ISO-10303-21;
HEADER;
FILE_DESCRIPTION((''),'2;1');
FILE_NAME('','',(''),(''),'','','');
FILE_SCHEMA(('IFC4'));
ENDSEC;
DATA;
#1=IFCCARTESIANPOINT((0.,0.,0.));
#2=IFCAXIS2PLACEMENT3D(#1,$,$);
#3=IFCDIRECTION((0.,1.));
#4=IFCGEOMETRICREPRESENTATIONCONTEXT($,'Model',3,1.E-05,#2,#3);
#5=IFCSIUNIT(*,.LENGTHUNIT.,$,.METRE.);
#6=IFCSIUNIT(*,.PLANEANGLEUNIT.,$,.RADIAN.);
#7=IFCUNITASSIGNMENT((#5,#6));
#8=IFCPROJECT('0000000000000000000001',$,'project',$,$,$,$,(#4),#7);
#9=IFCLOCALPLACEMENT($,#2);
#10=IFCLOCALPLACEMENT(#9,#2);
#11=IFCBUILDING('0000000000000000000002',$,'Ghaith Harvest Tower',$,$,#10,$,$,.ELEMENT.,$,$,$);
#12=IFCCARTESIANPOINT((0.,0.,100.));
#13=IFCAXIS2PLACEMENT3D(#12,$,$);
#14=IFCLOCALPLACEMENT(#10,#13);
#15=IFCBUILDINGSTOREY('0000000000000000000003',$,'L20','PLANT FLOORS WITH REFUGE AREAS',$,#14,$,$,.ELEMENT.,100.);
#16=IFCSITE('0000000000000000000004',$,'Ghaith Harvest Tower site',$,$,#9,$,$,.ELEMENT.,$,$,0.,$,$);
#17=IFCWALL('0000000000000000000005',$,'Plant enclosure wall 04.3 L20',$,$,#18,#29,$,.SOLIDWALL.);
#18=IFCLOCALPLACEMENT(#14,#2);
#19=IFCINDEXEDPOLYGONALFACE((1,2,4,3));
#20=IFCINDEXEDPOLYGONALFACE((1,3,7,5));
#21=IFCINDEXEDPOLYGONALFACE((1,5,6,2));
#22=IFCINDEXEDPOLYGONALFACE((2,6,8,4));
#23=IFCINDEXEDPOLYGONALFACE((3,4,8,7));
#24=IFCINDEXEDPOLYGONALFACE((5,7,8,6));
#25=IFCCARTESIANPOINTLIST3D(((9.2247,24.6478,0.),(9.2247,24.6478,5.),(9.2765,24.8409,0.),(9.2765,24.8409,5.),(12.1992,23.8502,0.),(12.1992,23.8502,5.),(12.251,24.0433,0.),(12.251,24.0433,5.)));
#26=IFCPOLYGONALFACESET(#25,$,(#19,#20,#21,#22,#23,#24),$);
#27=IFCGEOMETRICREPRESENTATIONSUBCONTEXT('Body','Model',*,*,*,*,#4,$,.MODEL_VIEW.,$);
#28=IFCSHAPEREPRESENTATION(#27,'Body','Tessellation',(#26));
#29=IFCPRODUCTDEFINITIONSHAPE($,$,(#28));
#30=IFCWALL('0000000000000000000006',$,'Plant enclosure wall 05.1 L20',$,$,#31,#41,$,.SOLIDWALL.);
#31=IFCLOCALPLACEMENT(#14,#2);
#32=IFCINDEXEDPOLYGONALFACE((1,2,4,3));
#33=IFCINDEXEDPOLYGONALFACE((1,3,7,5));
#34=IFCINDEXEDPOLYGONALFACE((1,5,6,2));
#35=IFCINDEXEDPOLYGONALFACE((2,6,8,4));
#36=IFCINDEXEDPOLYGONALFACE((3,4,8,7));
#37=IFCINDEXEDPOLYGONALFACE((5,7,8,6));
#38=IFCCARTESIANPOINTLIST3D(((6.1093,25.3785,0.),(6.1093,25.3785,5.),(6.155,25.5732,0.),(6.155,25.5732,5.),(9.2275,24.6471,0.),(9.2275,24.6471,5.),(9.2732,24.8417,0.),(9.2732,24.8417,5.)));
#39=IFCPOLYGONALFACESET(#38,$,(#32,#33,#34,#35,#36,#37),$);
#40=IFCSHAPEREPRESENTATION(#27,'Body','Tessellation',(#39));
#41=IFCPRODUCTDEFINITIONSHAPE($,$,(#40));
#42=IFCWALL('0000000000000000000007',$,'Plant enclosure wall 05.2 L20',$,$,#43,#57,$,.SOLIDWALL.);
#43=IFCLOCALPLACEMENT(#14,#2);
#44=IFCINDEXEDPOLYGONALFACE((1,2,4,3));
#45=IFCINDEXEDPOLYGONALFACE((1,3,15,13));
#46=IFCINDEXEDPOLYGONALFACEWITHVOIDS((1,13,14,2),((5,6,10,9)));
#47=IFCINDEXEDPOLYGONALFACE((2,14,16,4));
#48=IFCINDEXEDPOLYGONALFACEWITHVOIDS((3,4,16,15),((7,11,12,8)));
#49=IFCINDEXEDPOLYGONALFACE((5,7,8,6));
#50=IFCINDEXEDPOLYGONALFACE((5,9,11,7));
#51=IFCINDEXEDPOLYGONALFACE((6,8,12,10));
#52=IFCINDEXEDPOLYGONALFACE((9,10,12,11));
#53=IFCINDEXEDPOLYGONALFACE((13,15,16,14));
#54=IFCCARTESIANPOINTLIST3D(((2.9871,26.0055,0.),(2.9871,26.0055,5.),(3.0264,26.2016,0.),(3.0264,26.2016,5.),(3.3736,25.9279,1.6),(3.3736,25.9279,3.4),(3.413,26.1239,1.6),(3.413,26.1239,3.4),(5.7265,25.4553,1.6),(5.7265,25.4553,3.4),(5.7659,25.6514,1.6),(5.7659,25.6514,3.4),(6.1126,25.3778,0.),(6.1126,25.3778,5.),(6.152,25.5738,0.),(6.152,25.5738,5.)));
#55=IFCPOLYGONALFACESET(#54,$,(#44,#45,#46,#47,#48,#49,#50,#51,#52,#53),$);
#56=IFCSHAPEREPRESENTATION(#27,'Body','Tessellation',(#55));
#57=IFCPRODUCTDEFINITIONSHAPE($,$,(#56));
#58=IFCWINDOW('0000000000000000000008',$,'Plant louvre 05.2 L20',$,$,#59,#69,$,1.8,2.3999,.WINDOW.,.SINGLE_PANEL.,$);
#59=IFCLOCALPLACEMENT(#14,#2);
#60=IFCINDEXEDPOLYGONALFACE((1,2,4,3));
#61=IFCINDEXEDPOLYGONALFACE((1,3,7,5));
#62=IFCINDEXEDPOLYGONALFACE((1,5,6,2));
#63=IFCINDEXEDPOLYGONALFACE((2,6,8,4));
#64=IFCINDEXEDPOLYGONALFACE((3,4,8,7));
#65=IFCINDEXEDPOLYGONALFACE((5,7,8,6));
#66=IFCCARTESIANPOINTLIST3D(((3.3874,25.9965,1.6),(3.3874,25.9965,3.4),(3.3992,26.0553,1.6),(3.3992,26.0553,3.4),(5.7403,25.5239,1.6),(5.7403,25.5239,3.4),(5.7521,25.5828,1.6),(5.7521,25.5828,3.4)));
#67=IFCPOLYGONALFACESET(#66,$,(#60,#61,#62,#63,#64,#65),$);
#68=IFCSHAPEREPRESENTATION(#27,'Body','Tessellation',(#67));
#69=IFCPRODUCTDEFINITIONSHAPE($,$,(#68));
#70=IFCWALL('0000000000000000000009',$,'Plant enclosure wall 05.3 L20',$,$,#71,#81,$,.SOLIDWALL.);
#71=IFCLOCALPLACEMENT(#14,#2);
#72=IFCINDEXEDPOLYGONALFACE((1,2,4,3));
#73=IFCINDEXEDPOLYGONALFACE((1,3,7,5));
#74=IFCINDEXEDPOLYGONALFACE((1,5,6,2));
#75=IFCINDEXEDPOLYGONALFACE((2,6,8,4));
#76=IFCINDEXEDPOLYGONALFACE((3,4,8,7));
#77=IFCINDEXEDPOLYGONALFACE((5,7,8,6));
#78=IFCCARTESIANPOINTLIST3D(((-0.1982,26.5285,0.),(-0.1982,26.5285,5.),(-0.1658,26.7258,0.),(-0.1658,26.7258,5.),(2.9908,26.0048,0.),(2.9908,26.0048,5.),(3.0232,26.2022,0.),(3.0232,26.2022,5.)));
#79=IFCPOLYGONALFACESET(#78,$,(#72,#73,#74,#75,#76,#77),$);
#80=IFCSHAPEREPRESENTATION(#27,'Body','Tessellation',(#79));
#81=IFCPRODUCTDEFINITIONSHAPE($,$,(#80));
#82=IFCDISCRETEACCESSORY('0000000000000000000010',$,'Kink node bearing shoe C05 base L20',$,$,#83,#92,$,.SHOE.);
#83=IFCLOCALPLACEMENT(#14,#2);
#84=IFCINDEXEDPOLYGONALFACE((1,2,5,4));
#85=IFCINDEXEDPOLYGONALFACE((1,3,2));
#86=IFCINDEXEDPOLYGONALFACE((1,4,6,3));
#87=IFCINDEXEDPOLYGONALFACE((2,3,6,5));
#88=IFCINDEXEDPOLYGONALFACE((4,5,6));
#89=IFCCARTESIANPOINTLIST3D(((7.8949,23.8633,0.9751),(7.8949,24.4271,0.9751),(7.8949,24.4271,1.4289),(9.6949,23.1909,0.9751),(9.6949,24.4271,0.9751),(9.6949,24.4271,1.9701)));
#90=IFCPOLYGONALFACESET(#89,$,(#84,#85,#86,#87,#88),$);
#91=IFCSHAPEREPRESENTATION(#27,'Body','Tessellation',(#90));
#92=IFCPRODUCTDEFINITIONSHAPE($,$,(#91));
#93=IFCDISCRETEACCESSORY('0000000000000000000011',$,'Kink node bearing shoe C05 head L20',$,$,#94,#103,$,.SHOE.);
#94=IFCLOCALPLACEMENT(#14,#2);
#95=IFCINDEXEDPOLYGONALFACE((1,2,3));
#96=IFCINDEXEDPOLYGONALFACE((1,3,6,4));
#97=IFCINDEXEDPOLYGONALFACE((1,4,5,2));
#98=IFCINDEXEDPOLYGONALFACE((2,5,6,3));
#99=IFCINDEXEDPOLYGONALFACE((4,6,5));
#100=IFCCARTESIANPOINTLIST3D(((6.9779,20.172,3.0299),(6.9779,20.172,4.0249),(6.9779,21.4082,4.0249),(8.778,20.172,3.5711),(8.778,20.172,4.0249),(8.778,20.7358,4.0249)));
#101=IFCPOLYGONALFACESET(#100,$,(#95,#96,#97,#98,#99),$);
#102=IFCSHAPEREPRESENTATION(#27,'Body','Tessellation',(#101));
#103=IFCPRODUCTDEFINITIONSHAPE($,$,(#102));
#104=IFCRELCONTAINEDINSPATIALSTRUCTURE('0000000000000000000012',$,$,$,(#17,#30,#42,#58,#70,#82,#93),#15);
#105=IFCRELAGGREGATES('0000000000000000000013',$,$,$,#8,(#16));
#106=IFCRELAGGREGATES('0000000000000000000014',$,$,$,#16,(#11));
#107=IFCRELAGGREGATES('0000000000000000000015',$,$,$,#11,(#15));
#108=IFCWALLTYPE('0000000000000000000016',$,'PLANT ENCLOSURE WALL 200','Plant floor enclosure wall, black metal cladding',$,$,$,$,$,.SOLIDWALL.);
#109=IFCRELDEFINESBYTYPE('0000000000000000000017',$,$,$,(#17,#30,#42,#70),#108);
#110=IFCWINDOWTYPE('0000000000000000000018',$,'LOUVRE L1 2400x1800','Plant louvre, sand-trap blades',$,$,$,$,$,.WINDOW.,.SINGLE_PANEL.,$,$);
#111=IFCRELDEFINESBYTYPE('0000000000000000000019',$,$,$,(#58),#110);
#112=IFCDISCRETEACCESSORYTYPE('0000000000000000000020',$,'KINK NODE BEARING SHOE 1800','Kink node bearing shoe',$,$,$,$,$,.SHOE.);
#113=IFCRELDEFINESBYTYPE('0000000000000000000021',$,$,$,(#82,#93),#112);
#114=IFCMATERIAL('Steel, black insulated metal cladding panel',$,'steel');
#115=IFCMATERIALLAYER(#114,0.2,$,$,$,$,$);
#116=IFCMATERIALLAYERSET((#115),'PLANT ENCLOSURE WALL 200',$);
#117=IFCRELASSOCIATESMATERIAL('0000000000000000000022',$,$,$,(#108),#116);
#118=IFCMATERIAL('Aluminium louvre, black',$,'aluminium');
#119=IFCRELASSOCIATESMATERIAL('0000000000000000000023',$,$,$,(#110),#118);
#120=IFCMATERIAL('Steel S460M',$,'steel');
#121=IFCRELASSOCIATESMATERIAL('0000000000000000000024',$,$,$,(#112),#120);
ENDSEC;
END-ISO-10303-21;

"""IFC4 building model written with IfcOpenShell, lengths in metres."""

from ifc_helpers import new_model, si_unit, direction, frame, frame_2d, origin, origin_2d, place, context, subcontext, project, spatial, rectangle, extrude, clip, halfspace, material, layer, layer_set, material_profile, profile_set, type_object, element, fill, save


model = new_model("IFC4")

# Units and contexts
model_context = context("Model", 3, precision=1e-05, world=origin(), true_north=direction((0.0, 1.0)))
body_context = subcontext(model_context, "Body", "Model", "MODEL_VIEW")
ifc_project = project(units=[si_unit("LENGTHUNIT", "METRE"), si_unit("PLANEANGLEUNIT", "RADIAN")], contexts=[model_context])

# Site, building, storey
site_placement = place(None, origin())
site = spatial("IfcSite", under=ifc_project, at=site_placement, Name="Ghaith Harvest Tower site", CompositionType="ELEMENT", RefElevation=0.0)
building_placement = place(site_placement, origin())
building = spatial("IfcBuilding", under=site, at=building_placement, Name="Ghaith Harvest Tower", CompositionType="ELEMENT")
storey_placement = place(building_placement, frame((0.0, 0.0, 100.0)))
storey = spatial("IfcBuildingStorey", under=building, at=storey_placement, Name="L20", Description="PLANT FLOORS WITH REFUGE AREAS", CompositionType="ELEMENT", Elevation=100.0)

# Walls
ifc_material_1 = material(Name="Steel, black insulated metal cladding panel", Category="steel")
ifc_layer_1 = layer(ifc_material_1, 0.2)
ifc_layer_set_1 = layer_set([ifc_layer_1], Name="PLANT ENCLOSURE WALL 200")
wall_type_1 = type_object("IfcWallType", Name="PLANT ENCLOSURE WALL 200", Description="Plant floor enclosure wall, black metal cladding", PredefinedType="SOLIDWALL", material=ifc_layer_set_1)
wall_1_placement = place(storey_placement, frame((12.2251, 23.9468, 0.0), z_axis=(0.0, 0.0, 1.0), x_axis=(-0.96588, 0.25899, 0.0)))
element("IfcWall", 1, at=wall_1_placement, inside=storey, type_object=wall_type_1, Name="Plant enclosure wall 04.3 L20", PredefinedType="SOLIDWALL", context=body_context, shape_type="SweptSolid", body=[
    extrude(rectangle(XDim=3.0796, YDim=0.2, at=frame_2d((1.5398, 0.0))), origin(), (0.0, 0.0, 1.0), 5.0),
])
wall_2_placement = place(storey_placement, frame((9.2505, 24.7444, 0.0), z_axis=(0.0, 0.0, 1.0), x_axis=(-0.973573, 0.228376, 0.0)))
element("IfcWall", 2, at=wall_2_placement, inside=storey, type_object=wall_type_1, Name="Plant enclosure wall 05.1 L20", PredefinedType="SOLIDWALL", context=body_context, shape_type="SweptSolid", body=[
    extrude(rectangle(XDim=3.2029, YDim=0.2, at=frame_2d((1.6016, 0.0))), origin(), (0.0, 0.0, 1.0), 5.0),
])

# Wall, opening, window
wall_3_placement = place(storey_placement, frame((6.1323, 25.4758, 0.0), z_axis=(0.0, 0.0, 1.0), x_axis=(-0.980424, 0.196897, 0.0)))
wall_3 = element("IfcWall", 3, at=wall_3_placement, inside=storey, type_object=wall_type_1, Name="Plant enclosure wall 05.2 L20", PredefinedType="SOLIDWALL", context=body_context, shape_type="SweptSolid", body=[
    extrude(rectangle(XDim=3.188, YDim=0.2, at=frame_2d((1.594, 0.0))), origin(), (0.0, 0.0, 1.0), 5.0),
])
opening_placement = place(wall_3_placement, frame((0.3938, 0.0, 1.6001)))
opening = element("IfcOpeningElement", 4, at=opening_placement, cuts=wall_3, PredefinedType="OPENING", context=body_context, shape_type="SweptSolid", body=[
    extrude(rectangle(XDim=2.3999, YDim=1.8, at=frame_2d((1.2, 0.8999))), frame((0.0, 0.1099, 0.0), z_axis=(0.0, -1.0, 0.0), x_axis=(1.0, 0.0, 0.0)), (0.0, 0.0, 1.0), 0.22),
])
ifc_material_2 = material(Name="Aluminium louvre, black", Category="aluminium")
window_type = type_object("IfcWindowType", Name="LOUVRE L1 2400x1800", Description="Plant louvre, sand-trap blades", PartitioningType="SINGLE_PANEL", PredefinedType="WINDOW", material=ifc_material_2)
window_placement = place(opening_placement, origin())
window = element("IfcWindow", 5, at=window_placement, inside=storey, type_object=window_type, Name="Plant louvre 05.2 L20", OverallHeight=1.8, OverallWidth=2.3999, PartitioningType="SINGLE_PANEL", PredefinedType="WINDOW", context=body_context, shape_type="SweptSolid", body=[
    extrude(rectangle(XDim=2.3999, YDim=1.8, at=frame_2d((1.2, 0.8999))), frame((0.0, 0.03, 0.0), z_axis=(0.0, -1.0, 0.0), x_axis=(1.0, 0.0, 0.0)), (0.0, 0.0, 1.0), 0.0601),
])
fill(opening, window)

# Wall
wall_4_placement = place(storey_placement, frame((3.0068, 26.1035, 0.0), z_axis=(0.0, 0.0, 1.0), x_axis=(-0.986783, 0.162046, 0.0)))
element("IfcWall", 6, at=wall_4_placement, inside=storey, type_object=wall_type_1, Name="Plant enclosure wall 05.3 L20", PredefinedType="SOLIDWALL", context=body_context, shape_type="SweptSolid", body=[
    extrude(rectangle(XDim=3.2317, YDim=0.2, at=frame_2d((1.6157, 0.0))), origin(), (0.0, 0.0, 1.0), 5.0),
])

# Discrete accessories
ifc_material_3 = material(Name="Steel S460M", Category="steel")
ifc_material_profile_1 = material_profile(ifc_material_3, rectangle(XDim=1.8, YDim=1.8, at=origin_2d()), Name="KINK NODE BEARING SHOE 1800")
ifc_profile_set_1 = profile_set([ifc_material_profile_1], Name="Steel S460M")
discrete_accessory_type = type_object("IfcDiscreteAccessoryType", Name="KINK NODE BEARING SHOE 1800", Description="Kink node bearing shoe", PredefinedType="SHOE", material=ifc_profile_set_1)
discrete_accessory_1_placement = place(storey_placement, frame((8.7949, 23.5271, 0.9751), z_axis=(0.0, 0.0, 1.0), x_axis=(1.0, 0.0, 0.0)))
element("IfcDiscreteAccessory", 7, at=discrete_accessory_1_placement, inside=storey, type_object=discrete_accessory_type, Name="Kink node bearing shoe C05 base L20", PredefinedType="SHOE", context=body_context, shape_type="Clipping", body=[
    clip(extrude(rectangle(XDim=1.8, YDim=1.8, at=origin_2d()), origin(), (0.0, 0.0, 1.0), 1.0049), halfspace(frame((0.0, 0.0, 0.0), z_axis=(-0.228039, -0.610507, 0.758472), x_axis=(1.0, 0.0, 0.0)), False)),
])
discrete_accessory_2_placement = place(storey_placement, frame((7.8779, 21.072, 3.02), z_axis=(0.0, 0.0, 1.0), x_axis=(1.0, 0.0, 0.0)))
element("IfcDiscreteAccessory", 8, at=discrete_accessory_2_placement, inside=storey, type_object=discrete_accessory_type, Name="Kink node bearing shoe C05 head L20", PredefinedType="SHOE", context=body_context, shape_type="Clipping", body=[
    clip(extrude(rectangle(XDim=1.8, YDim=1.8, at=origin_2d()), origin(), (0.0, 0.0, 1.0), 1.0049), halfspace(frame((0.0, 0.0, 1.0049), z_axis=(0.228039, 0.610507, -0.758472), x_axis=(1.0, 0.0, 0.0)), False)),
])

save(model, "model.ifc")
